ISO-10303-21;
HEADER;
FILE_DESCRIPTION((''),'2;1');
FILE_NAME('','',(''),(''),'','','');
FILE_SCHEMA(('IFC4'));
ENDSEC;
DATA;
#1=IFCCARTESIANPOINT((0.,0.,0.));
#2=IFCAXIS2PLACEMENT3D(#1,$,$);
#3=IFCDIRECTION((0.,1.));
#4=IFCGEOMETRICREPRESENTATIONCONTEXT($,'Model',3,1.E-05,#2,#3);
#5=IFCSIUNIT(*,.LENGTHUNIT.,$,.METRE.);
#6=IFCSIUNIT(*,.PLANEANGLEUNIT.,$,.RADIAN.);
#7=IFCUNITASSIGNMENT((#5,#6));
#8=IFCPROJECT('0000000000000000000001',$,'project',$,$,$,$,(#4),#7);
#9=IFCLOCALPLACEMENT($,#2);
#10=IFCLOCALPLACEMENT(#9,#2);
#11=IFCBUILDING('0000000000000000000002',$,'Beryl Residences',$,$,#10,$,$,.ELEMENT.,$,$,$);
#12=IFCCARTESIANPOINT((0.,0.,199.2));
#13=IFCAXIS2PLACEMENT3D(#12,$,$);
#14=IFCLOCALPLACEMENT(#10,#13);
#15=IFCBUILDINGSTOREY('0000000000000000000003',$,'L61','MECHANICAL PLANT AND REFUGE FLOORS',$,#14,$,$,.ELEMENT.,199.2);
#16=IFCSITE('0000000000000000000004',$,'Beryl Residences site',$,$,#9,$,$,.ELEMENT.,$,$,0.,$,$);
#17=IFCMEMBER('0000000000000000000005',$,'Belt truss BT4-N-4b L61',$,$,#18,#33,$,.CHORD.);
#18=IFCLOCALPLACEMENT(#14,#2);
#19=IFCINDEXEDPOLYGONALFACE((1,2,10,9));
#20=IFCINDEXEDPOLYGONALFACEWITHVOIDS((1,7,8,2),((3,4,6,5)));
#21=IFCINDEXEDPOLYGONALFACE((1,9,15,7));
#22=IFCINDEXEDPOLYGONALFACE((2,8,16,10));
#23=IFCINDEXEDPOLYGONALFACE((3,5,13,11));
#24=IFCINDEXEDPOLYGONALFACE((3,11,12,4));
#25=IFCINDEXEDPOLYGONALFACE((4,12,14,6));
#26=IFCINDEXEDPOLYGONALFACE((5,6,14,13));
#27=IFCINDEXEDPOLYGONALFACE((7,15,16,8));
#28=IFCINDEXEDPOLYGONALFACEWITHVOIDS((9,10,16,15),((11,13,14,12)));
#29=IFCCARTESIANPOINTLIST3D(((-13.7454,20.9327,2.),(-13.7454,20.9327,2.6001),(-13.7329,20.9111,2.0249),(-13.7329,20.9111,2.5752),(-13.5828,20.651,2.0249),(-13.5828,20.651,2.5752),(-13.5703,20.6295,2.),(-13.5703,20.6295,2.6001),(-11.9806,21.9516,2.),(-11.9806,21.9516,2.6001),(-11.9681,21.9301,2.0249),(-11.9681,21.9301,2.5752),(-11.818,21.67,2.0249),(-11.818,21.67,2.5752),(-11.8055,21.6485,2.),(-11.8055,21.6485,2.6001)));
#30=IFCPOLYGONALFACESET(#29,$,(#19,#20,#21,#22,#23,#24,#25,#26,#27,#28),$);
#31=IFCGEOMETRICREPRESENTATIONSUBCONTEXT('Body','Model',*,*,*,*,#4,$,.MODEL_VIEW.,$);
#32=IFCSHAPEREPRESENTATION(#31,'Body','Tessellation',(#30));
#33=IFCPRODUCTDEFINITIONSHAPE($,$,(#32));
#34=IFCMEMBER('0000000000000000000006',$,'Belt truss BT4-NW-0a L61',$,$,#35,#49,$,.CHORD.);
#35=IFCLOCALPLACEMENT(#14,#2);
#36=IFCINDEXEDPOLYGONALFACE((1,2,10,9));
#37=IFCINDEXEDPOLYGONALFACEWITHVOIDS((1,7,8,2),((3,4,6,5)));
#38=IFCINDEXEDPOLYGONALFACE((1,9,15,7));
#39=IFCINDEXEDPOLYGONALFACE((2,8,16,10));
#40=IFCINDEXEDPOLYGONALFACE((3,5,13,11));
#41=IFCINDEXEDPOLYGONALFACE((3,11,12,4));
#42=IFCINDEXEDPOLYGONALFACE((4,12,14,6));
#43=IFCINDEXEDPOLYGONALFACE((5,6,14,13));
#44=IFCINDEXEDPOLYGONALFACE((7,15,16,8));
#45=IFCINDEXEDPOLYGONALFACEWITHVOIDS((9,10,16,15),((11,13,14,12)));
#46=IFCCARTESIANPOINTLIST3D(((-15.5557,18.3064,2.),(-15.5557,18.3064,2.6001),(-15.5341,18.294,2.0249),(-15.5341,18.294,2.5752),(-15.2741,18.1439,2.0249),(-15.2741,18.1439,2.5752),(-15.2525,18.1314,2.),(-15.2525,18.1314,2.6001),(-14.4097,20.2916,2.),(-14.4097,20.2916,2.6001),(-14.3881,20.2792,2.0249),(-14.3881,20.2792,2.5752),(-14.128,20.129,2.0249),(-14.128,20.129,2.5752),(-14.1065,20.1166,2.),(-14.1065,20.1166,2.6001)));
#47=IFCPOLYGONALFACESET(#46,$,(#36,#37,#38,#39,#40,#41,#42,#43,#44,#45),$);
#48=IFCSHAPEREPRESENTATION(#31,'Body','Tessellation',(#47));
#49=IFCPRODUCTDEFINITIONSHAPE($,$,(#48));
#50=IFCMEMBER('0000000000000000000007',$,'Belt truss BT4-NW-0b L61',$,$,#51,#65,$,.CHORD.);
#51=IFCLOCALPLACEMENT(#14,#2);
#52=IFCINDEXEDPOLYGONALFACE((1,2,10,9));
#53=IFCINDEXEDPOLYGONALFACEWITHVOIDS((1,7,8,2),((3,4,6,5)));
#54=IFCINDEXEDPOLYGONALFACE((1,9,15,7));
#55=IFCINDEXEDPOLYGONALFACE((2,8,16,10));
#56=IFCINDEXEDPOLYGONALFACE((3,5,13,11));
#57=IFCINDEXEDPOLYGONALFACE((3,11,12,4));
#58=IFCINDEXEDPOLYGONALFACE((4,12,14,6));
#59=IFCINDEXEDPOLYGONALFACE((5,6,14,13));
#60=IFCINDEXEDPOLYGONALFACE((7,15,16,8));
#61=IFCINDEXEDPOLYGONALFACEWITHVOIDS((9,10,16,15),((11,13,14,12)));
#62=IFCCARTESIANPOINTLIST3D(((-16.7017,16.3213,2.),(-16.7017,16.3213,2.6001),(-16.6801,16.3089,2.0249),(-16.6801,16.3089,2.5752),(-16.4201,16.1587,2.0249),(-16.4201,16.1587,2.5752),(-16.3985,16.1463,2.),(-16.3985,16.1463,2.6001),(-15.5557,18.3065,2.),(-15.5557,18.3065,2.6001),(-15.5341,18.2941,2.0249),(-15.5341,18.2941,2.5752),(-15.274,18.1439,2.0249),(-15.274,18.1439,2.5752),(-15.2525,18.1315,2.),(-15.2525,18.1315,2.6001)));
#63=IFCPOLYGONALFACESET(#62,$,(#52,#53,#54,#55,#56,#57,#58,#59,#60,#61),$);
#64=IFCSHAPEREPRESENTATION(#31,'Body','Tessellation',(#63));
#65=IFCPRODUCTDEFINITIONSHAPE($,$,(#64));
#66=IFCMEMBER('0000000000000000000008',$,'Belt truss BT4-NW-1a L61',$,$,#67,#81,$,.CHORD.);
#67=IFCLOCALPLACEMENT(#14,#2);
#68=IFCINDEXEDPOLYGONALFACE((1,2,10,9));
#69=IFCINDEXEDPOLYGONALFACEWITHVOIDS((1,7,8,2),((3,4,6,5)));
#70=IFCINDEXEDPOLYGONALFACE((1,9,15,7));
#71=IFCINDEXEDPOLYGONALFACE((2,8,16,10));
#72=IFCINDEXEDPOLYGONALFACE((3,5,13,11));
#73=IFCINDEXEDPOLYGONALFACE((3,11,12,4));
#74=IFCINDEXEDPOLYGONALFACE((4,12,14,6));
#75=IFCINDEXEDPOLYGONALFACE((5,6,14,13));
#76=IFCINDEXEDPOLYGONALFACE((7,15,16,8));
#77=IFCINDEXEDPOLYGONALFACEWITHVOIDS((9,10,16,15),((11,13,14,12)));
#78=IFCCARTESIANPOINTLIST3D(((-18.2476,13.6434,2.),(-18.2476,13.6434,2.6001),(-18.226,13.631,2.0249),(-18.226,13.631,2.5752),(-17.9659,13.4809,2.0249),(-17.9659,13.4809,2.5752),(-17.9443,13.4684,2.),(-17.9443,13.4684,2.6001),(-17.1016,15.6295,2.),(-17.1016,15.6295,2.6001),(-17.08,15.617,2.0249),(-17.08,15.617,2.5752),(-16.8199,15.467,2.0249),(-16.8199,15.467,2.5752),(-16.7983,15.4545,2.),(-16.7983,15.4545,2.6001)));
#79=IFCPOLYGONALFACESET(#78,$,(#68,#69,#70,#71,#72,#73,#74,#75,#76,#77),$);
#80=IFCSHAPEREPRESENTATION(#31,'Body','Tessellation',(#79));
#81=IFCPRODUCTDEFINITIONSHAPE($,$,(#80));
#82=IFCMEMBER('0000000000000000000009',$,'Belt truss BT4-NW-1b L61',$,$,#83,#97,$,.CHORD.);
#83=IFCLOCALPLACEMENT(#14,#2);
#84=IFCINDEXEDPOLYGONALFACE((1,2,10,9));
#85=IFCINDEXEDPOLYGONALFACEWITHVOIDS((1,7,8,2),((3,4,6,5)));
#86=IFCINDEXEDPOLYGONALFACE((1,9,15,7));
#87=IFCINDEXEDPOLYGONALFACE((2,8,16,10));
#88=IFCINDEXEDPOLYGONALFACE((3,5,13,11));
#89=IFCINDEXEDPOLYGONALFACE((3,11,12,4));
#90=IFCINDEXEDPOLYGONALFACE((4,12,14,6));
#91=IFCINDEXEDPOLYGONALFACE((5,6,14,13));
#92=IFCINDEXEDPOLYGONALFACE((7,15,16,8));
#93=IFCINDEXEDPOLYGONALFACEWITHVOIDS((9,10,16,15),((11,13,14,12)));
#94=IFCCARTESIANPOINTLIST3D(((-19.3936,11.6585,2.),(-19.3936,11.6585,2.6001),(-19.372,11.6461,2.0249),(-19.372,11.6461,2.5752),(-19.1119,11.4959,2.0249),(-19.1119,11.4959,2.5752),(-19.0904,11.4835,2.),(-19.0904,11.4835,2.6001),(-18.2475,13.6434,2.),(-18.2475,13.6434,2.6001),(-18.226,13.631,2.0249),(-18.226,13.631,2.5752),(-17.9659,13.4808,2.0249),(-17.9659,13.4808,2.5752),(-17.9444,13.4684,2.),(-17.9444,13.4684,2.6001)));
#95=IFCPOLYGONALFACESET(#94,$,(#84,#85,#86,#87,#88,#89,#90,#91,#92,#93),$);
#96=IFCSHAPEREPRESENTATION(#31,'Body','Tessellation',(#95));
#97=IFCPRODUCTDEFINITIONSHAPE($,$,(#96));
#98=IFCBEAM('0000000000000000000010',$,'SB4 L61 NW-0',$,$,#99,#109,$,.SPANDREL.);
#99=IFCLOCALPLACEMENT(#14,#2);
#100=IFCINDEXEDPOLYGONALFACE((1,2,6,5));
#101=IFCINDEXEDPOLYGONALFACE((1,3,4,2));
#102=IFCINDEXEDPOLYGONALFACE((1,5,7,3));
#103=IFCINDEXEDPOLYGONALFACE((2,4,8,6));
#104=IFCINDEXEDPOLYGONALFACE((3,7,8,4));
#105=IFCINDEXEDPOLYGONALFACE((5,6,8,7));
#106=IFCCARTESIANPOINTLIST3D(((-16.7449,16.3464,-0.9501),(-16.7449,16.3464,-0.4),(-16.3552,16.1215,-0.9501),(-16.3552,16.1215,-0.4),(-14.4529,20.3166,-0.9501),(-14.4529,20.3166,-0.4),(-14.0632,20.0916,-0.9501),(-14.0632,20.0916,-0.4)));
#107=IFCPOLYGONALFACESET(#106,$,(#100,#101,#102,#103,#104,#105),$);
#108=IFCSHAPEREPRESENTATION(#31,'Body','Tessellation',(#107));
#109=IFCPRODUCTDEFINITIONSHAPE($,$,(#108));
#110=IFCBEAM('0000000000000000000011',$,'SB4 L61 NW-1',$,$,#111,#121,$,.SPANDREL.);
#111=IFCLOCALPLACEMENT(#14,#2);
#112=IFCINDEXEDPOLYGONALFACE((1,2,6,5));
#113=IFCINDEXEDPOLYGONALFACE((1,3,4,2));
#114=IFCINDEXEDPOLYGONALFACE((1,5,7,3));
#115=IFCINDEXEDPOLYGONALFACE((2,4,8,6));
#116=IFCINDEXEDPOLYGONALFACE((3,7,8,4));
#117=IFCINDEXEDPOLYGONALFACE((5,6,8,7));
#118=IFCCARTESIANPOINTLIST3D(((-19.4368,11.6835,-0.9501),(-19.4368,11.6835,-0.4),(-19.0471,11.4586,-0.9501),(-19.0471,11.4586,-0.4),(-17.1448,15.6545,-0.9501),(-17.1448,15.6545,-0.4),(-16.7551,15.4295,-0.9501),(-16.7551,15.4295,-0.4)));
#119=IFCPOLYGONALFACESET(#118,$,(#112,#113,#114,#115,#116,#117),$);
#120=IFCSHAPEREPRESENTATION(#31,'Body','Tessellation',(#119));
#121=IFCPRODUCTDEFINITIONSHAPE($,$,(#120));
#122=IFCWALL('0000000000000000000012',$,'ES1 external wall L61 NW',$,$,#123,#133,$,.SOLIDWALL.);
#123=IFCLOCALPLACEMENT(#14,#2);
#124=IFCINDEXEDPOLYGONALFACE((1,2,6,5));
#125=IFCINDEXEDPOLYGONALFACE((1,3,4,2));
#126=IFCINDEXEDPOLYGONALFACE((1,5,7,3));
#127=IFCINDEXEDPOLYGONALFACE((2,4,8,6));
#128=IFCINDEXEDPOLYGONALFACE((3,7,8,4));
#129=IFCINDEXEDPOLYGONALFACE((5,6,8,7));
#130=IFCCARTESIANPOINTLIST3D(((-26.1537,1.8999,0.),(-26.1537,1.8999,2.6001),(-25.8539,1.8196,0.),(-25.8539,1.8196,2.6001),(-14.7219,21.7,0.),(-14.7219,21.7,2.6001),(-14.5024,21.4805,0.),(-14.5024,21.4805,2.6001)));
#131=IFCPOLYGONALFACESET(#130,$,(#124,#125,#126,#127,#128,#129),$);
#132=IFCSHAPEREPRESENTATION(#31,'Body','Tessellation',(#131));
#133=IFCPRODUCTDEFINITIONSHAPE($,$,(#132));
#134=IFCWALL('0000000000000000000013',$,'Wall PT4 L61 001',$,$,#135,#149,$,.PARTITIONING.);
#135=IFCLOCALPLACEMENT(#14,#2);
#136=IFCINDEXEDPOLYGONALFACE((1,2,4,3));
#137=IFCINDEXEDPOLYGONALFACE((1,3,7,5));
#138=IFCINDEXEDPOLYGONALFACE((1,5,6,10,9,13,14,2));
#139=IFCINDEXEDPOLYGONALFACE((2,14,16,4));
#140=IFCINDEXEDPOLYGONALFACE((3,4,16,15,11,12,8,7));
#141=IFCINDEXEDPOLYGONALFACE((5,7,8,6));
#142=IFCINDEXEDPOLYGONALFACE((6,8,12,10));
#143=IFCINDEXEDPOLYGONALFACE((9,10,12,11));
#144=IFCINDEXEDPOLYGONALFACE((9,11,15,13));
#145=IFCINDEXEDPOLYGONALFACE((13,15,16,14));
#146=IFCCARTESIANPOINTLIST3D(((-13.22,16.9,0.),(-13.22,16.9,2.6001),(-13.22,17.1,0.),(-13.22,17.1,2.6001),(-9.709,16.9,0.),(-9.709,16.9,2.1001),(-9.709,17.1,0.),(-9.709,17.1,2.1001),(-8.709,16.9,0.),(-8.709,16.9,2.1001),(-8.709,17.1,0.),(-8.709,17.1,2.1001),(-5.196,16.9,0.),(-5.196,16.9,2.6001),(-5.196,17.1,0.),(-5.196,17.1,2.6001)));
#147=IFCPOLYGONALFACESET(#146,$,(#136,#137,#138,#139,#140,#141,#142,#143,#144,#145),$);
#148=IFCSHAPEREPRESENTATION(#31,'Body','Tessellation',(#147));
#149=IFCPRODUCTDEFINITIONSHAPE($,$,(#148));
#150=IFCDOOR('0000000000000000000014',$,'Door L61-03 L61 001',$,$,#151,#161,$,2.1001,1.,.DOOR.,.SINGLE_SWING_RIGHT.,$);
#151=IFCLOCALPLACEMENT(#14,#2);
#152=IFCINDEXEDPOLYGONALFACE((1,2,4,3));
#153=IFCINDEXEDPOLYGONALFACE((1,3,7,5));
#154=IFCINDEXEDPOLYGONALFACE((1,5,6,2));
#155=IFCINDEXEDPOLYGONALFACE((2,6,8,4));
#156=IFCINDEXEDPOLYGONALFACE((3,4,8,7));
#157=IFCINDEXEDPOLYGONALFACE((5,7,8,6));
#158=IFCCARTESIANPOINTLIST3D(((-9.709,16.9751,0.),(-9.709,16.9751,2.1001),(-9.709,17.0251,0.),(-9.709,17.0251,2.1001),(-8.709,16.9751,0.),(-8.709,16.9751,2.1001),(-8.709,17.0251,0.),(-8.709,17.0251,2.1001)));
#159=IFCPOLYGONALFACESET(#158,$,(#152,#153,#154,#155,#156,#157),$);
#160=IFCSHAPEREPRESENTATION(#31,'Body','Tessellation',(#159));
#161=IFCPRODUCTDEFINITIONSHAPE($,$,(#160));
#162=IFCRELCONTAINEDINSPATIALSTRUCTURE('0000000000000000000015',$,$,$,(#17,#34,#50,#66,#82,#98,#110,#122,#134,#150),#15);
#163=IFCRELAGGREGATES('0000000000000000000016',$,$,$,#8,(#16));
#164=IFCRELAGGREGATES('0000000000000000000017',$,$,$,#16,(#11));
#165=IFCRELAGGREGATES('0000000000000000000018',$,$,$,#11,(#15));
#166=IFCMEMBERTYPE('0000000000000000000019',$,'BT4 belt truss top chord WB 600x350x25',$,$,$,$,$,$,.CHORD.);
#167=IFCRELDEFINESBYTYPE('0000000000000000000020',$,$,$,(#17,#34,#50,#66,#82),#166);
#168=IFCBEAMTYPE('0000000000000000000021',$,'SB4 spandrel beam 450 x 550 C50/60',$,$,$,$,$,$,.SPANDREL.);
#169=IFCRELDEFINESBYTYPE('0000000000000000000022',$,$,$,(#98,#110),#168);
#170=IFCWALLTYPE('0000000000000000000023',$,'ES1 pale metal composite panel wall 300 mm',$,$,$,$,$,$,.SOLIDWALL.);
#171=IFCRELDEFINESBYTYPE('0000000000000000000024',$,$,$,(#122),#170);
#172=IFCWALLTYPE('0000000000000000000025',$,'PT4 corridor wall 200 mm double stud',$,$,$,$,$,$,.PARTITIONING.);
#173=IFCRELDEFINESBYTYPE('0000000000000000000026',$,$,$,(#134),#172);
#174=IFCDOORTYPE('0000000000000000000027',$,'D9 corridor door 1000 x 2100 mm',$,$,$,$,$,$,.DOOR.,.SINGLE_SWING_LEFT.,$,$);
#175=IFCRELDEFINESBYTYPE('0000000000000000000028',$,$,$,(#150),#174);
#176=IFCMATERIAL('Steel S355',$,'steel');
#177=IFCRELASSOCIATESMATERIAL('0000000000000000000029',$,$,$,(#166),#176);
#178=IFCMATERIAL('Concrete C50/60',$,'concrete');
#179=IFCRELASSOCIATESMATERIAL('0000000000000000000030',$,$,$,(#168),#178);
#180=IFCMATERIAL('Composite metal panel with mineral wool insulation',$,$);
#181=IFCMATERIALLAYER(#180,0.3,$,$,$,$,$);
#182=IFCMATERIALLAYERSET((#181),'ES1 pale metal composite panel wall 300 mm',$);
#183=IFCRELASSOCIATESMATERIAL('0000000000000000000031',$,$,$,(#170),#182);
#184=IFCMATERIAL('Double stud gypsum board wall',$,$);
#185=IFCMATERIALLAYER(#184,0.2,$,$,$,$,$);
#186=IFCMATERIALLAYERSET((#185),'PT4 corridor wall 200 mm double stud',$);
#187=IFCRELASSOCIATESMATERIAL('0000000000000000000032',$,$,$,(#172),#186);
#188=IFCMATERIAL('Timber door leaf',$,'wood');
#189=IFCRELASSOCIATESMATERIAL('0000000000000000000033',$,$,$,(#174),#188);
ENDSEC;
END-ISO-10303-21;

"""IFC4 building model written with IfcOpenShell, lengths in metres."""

from ifc_helpers import new_model, si_unit, direction, frame, frame_2d, origin, origin_2d, place, context, subcontext, project, spatial, polyline, rectangle, hollow_rectangle, outline, extrude, material, layer, layer_set, material_profile, profile_set, type_object, element, fill, save


model = new_model("IFC4")

# Units and contexts
model_context = context("Model", 3, precision=1e-05, world=origin(), true_north=direction((0.0, 1.0)))
body_context = subcontext(model_context, "Body", "Model", "MODEL_VIEW")
ifc_project = project(units=[si_unit("LENGTHUNIT", "METRE"), si_unit("PLANEANGLEUNIT", "RADIAN")], contexts=[model_context])

# Site, building, storey
site_placement = place(None, origin())
site = spatial("IfcSite", under=ifc_project, at=site_placement, Name="Beryl Residences site", CompositionType="ELEMENT", RefElevation=0.0)
building_placement = place(site_placement, origin())
building = spatial("IfcBuilding", under=site, at=building_placement, Name="Beryl Residences", CompositionType="ELEMENT")
storey_placement = place(building_placement, frame((0.0, 0.0, 199.2)))
storey = spatial("IfcBuildingStorey", under=building, at=storey_placement, Name="L61", Description="MECHANICAL PLANT AND REFUGE FLOORS", CompositionType="ELEMENT", Elevation=199.2)

# Members
ifc_material_1 = material(Name="Steel S355", Category="steel")
ifc_material_profile_1 = material_profile(ifc_material_1, hollow_rectangle(XDim=0.3501, YDim=0.6001, WallThickness=0.0249, at=origin_2d()))
ifc_profile_set_1 = profile_set([ifc_material_profile_1], Name="Steel S355")
member_type_1 = type_object("IfcMemberType", Name="BT4 belt truss top chord WB 600x350x25", PredefinedType="CHORD", material=ifc_profile_set_1)
member_1_placement = place(storey_placement, frame((-11.8931, 21.8, 2.3), z_axis=(-0.866008, -0.50003, 0.0), x_axis=(0.50003, -0.866008, 0.0)))
element("IfcMember", 1, at=member_1_placement, inside=storey, type_object=member_type_1, Name="Belt truss BT4-N-4b L61", PredefinedType="CHORD", context=body_context, shape_type="SweptSolid", body=[
    extrude(hollow_rectangle(XDim=0.3501, YDim=0.6001, WallThickness=0.0249, at=origin_2d()), origin(), (0.0, 0.0, 1.0), 2.0378),
])
for number, where, z_axis, x_axis, name in (
    (2, (-14.2581, 20.2041, 2.3), (-0.499965, -0.866045, 0.0), (0.866045, -0.499965, 0.0), "Belt truss BT4-NW-0a L61"),
    (3, (-15.4041, 18.219, 2.3), (-0.499965, -0.866045, 0.0), (0.866045, -0.499965, 0.0), "Belt truss BT4-NW-0b L61"),
):
    element("IfcMember", number, at=place(storey_placement, frame(where, z_axis=z_axis, x_axis=x_axis)), inside=storey, type_object=member_type_1, Name=name, PredefinedType="CHORD", context=body_context, shape_type="SweptSolid", body=[
        extrude(hollow_rectangle(XDim=0.3501, YDim=0.6001, WallThickness=0.0249, at=origin_2d()), origin(), (0.0, 0.0, 1.0), 2.2922),
    ])
member_2_placement = place(storey_placement, frame((-16.95, 15.542, 2.3), z_axis=(-0.499781, -0.866152, 0.0), x_axis=(0.866152, -0.499781, 0.0)))
element("IfcMember", 4, at=member_2_placement, inside=storey, type_object=member_type_1, Name="Belt truss BT4-NW-1a L61", PredefinedType="CHORD", context=body_context, shape_type="SweptSolid", body=[
    extrude(hollow_rectangle(XDim=0.3501, YDim=0.6001, WallThickness=0.0249, at=origin_2d()), origin(), (0.0, 0.0, 1.0), 2.293),
])
member_3_placement = place(storey_placement, frame((-18.0959, 13.5559, 2.3), z_axis=(-0.500011, -0.866019, 0.0), x_axis=(0.866019, -0.500011, 0.0)))
element("IfcMember", 5, at=member_3_placement, inside=storey, type_object=member_type_1, Name="Belt truss BT4-NW-1b L61", PredefinedType="CHORD", context=body_context, shape_type="SweptSolid", body=[
    extrude(hollow_rectangle(XDim=0.3501, YDim=0.6001, WallThickness=0.0249, at=origin_2d()), origin(), (0.0, 0.0, 1.0), 2.292),
])

# Beams
ifc_material_2 = material(Name="Concrete C50/60", Category="concrete")
ifc_material_profile_2 = material_profile(ifc_material_2, rectangle(XDim=0.45, YDim=0.55, at=origin_2d()))
ifc_profile_set_2 = profile_set([ifc_material_profile_2], Name="Concrete C50/60")
beam_type = type_object("IfcBeamType", Name="SB4 spandrel beam 450 x 550 C50/60", PredefinedType="SPANDREL", material=ifc_profile_set_2)
beam_1_placement = place(storey_placement, frame((-14.2581, 20.2041, -0.675), z_axis=(-0.499965, -0.866045, 0.0), x_axis=(0.866045, -0.499965, 0.0)))
element("IfcBeam", 6, at=beam_1_placement, inside=storey, type_object=beam_type, Name="SB4 L61 NW-0", PredefinedType="SPANDREL", context=body_context, shape_type="SweptSolid", body=[
    extrude(rectangle(XDim=0.45, YDim=0.55, at=origin_2d()), origin(), (0.0, 0.0, 1.0), 4.5842),
])
beam_2_placement = place(storey_placement, frame((-16.95, 15.542, -0.675), z_axis=(-0.499896, -0.866085, 0.0), x_axis=(0.866085, -0.499896, 0.0)))
element("IfcBeam", 7, at=beam_2_placement, inside=storey, type_object=beam_type, Name="SB4 L61 NW-1", PredefinedType="SPANDREL", context=body_context, shape_type="SweptSolid", body=[
    extrude(rectangle(XDim=0.45, YDim=0.55, at=origin_2d()), origin(), (0.0, 0.0, 1.0), 4.585),
])

# Wall
ifc_material_3 = material(Name="Composite metal panel with mineral wool insulation")
ifc_layer_1 = layer(ifc_material_3, 0.3)
ifc_layer_set_1 = layer_set([ifc_layer_1], Name="ES1 pale metal composite panel wall 300 mm")
wall_type_1 = type_object("IfcWallType", Name="ES1 pale metal composite panel wall 300 mm", PredefinedType="SOLIDWALL", material=ifc_layer_set_1)
wall_1_placement = place(storey_placement, frame((-14.592, 21.625, 0.0), z_axis=(0.0, 0.0, 1.0), x_axis=(-0.500011, -0.866019, 0.0)))
element("IfcWall", 8, at=wall_1_placement, inside=storey, type_object=wall_type_1, Name="ES1 external wall L61 NW", PredefinedType="SOLIDWALL", context=body_context, shape_type="SweptSolid", body=[
    extrude(outline(polyline([(0.0, -0.1499), (22.8633, -0.1499), (22.783, 0.1499), (0.0803, 0.1499), (0.0, -0.1499)])), origin(), (0.0, 0.0, 1.0), 2.6001),
])

# Wall, opening, door
ifc_material_4 = material(Name="Double stud gypsum board wall")
ifc_layer_2 = layer(ifc_material_4, 0.2)
ifc_layer_set_2 = layer_set([ifc_layer_2], Name="PT4 corridor wall 200 mm double stud")
wall_type_2 = type_object("IfcWallType", Name="PT4 corridor wall 200 mm double stud", PredefinedType="PARTITIONING", material=ifc_layer_set_2)
wall_2_placement = place(storey_placement, frame((-13.22, 17.0, 0.0), z_axis=(0.0, 0.0, 1.0), x_axis=(1.0, 0.0, 0.0)))
wall_2 = element("IfcWall", 9, at=wall_2_placement, inside=storey, type_object=wall_type_2, Name="Wall PT4 L61 001", PredefinedType="PARTITIONING", context=body_context, shape_type="SweptSolid", body=[
    extrude(rectangle(XDim=8.0239, YDim=0.2, at=frame_2d((4.012, 0.0))), origin(), (0.0, 0.0, 1.0), 2.6001),
])
opening_placement = place(wall_2_placement, frame((4.511, 0.0, 0.0), z_axis=(0.0, 0.0, 1.0), x_axis=(-1.0, 0.0, 0.0)))
opening = element("IfcOpeningElement", 10, at=opening_placement, cuts=wall_2, PredefinedType="OPENING", context=body_context, shape_type="SweptSolid", body=[
    extrude(rectangle(XDim=1.0, YDim=2.1001, at=frame_2d((0.5, 1.05))), frame((0.0, 0.1099, 0.0), z_axis=(0.0, -1.0, 0.0), x_axis=(1.0, 0.0, 0.0)), (0.0, 0.0, 1.0), 0.22),
])
ifc_material_5 = material(Name="Timber door leaf", Category="wood")
door_type = type_object("IfcDoorType", Name="D9 corridor door 1000 x 2100 mm", OperationType="SINGLE_SWING_LEFT", PredefinedType="DOOR", material=ifc_material_5)
door_placement = place(opening_placement, origin())
door = element("IfcDoor", 11, at=door_placement, inside=storey, type_object=door_type, Name="Door L61-03 L61 001", OperationType="SINGLE_SWING_RIGHT", OverallHeight=2.1001, OverallWidth=1.0, PredefinedType="DOOR", context=body_context, shape_type="SweptSolid", body=[
    extrude(rectangle(XDim=1.0, YDim=2.1001, at=frame_2d((0.5, 1.05))), frame((0.0, 0.0249, 0.0), z_axis=(0.0, -1.0, 0.0), x_axis=(1.0, 0.0, 0.0)), (0.0, 0.0, 1.0), 0.05),
])
fill(opening, door)

save(model, "model.ifc")
